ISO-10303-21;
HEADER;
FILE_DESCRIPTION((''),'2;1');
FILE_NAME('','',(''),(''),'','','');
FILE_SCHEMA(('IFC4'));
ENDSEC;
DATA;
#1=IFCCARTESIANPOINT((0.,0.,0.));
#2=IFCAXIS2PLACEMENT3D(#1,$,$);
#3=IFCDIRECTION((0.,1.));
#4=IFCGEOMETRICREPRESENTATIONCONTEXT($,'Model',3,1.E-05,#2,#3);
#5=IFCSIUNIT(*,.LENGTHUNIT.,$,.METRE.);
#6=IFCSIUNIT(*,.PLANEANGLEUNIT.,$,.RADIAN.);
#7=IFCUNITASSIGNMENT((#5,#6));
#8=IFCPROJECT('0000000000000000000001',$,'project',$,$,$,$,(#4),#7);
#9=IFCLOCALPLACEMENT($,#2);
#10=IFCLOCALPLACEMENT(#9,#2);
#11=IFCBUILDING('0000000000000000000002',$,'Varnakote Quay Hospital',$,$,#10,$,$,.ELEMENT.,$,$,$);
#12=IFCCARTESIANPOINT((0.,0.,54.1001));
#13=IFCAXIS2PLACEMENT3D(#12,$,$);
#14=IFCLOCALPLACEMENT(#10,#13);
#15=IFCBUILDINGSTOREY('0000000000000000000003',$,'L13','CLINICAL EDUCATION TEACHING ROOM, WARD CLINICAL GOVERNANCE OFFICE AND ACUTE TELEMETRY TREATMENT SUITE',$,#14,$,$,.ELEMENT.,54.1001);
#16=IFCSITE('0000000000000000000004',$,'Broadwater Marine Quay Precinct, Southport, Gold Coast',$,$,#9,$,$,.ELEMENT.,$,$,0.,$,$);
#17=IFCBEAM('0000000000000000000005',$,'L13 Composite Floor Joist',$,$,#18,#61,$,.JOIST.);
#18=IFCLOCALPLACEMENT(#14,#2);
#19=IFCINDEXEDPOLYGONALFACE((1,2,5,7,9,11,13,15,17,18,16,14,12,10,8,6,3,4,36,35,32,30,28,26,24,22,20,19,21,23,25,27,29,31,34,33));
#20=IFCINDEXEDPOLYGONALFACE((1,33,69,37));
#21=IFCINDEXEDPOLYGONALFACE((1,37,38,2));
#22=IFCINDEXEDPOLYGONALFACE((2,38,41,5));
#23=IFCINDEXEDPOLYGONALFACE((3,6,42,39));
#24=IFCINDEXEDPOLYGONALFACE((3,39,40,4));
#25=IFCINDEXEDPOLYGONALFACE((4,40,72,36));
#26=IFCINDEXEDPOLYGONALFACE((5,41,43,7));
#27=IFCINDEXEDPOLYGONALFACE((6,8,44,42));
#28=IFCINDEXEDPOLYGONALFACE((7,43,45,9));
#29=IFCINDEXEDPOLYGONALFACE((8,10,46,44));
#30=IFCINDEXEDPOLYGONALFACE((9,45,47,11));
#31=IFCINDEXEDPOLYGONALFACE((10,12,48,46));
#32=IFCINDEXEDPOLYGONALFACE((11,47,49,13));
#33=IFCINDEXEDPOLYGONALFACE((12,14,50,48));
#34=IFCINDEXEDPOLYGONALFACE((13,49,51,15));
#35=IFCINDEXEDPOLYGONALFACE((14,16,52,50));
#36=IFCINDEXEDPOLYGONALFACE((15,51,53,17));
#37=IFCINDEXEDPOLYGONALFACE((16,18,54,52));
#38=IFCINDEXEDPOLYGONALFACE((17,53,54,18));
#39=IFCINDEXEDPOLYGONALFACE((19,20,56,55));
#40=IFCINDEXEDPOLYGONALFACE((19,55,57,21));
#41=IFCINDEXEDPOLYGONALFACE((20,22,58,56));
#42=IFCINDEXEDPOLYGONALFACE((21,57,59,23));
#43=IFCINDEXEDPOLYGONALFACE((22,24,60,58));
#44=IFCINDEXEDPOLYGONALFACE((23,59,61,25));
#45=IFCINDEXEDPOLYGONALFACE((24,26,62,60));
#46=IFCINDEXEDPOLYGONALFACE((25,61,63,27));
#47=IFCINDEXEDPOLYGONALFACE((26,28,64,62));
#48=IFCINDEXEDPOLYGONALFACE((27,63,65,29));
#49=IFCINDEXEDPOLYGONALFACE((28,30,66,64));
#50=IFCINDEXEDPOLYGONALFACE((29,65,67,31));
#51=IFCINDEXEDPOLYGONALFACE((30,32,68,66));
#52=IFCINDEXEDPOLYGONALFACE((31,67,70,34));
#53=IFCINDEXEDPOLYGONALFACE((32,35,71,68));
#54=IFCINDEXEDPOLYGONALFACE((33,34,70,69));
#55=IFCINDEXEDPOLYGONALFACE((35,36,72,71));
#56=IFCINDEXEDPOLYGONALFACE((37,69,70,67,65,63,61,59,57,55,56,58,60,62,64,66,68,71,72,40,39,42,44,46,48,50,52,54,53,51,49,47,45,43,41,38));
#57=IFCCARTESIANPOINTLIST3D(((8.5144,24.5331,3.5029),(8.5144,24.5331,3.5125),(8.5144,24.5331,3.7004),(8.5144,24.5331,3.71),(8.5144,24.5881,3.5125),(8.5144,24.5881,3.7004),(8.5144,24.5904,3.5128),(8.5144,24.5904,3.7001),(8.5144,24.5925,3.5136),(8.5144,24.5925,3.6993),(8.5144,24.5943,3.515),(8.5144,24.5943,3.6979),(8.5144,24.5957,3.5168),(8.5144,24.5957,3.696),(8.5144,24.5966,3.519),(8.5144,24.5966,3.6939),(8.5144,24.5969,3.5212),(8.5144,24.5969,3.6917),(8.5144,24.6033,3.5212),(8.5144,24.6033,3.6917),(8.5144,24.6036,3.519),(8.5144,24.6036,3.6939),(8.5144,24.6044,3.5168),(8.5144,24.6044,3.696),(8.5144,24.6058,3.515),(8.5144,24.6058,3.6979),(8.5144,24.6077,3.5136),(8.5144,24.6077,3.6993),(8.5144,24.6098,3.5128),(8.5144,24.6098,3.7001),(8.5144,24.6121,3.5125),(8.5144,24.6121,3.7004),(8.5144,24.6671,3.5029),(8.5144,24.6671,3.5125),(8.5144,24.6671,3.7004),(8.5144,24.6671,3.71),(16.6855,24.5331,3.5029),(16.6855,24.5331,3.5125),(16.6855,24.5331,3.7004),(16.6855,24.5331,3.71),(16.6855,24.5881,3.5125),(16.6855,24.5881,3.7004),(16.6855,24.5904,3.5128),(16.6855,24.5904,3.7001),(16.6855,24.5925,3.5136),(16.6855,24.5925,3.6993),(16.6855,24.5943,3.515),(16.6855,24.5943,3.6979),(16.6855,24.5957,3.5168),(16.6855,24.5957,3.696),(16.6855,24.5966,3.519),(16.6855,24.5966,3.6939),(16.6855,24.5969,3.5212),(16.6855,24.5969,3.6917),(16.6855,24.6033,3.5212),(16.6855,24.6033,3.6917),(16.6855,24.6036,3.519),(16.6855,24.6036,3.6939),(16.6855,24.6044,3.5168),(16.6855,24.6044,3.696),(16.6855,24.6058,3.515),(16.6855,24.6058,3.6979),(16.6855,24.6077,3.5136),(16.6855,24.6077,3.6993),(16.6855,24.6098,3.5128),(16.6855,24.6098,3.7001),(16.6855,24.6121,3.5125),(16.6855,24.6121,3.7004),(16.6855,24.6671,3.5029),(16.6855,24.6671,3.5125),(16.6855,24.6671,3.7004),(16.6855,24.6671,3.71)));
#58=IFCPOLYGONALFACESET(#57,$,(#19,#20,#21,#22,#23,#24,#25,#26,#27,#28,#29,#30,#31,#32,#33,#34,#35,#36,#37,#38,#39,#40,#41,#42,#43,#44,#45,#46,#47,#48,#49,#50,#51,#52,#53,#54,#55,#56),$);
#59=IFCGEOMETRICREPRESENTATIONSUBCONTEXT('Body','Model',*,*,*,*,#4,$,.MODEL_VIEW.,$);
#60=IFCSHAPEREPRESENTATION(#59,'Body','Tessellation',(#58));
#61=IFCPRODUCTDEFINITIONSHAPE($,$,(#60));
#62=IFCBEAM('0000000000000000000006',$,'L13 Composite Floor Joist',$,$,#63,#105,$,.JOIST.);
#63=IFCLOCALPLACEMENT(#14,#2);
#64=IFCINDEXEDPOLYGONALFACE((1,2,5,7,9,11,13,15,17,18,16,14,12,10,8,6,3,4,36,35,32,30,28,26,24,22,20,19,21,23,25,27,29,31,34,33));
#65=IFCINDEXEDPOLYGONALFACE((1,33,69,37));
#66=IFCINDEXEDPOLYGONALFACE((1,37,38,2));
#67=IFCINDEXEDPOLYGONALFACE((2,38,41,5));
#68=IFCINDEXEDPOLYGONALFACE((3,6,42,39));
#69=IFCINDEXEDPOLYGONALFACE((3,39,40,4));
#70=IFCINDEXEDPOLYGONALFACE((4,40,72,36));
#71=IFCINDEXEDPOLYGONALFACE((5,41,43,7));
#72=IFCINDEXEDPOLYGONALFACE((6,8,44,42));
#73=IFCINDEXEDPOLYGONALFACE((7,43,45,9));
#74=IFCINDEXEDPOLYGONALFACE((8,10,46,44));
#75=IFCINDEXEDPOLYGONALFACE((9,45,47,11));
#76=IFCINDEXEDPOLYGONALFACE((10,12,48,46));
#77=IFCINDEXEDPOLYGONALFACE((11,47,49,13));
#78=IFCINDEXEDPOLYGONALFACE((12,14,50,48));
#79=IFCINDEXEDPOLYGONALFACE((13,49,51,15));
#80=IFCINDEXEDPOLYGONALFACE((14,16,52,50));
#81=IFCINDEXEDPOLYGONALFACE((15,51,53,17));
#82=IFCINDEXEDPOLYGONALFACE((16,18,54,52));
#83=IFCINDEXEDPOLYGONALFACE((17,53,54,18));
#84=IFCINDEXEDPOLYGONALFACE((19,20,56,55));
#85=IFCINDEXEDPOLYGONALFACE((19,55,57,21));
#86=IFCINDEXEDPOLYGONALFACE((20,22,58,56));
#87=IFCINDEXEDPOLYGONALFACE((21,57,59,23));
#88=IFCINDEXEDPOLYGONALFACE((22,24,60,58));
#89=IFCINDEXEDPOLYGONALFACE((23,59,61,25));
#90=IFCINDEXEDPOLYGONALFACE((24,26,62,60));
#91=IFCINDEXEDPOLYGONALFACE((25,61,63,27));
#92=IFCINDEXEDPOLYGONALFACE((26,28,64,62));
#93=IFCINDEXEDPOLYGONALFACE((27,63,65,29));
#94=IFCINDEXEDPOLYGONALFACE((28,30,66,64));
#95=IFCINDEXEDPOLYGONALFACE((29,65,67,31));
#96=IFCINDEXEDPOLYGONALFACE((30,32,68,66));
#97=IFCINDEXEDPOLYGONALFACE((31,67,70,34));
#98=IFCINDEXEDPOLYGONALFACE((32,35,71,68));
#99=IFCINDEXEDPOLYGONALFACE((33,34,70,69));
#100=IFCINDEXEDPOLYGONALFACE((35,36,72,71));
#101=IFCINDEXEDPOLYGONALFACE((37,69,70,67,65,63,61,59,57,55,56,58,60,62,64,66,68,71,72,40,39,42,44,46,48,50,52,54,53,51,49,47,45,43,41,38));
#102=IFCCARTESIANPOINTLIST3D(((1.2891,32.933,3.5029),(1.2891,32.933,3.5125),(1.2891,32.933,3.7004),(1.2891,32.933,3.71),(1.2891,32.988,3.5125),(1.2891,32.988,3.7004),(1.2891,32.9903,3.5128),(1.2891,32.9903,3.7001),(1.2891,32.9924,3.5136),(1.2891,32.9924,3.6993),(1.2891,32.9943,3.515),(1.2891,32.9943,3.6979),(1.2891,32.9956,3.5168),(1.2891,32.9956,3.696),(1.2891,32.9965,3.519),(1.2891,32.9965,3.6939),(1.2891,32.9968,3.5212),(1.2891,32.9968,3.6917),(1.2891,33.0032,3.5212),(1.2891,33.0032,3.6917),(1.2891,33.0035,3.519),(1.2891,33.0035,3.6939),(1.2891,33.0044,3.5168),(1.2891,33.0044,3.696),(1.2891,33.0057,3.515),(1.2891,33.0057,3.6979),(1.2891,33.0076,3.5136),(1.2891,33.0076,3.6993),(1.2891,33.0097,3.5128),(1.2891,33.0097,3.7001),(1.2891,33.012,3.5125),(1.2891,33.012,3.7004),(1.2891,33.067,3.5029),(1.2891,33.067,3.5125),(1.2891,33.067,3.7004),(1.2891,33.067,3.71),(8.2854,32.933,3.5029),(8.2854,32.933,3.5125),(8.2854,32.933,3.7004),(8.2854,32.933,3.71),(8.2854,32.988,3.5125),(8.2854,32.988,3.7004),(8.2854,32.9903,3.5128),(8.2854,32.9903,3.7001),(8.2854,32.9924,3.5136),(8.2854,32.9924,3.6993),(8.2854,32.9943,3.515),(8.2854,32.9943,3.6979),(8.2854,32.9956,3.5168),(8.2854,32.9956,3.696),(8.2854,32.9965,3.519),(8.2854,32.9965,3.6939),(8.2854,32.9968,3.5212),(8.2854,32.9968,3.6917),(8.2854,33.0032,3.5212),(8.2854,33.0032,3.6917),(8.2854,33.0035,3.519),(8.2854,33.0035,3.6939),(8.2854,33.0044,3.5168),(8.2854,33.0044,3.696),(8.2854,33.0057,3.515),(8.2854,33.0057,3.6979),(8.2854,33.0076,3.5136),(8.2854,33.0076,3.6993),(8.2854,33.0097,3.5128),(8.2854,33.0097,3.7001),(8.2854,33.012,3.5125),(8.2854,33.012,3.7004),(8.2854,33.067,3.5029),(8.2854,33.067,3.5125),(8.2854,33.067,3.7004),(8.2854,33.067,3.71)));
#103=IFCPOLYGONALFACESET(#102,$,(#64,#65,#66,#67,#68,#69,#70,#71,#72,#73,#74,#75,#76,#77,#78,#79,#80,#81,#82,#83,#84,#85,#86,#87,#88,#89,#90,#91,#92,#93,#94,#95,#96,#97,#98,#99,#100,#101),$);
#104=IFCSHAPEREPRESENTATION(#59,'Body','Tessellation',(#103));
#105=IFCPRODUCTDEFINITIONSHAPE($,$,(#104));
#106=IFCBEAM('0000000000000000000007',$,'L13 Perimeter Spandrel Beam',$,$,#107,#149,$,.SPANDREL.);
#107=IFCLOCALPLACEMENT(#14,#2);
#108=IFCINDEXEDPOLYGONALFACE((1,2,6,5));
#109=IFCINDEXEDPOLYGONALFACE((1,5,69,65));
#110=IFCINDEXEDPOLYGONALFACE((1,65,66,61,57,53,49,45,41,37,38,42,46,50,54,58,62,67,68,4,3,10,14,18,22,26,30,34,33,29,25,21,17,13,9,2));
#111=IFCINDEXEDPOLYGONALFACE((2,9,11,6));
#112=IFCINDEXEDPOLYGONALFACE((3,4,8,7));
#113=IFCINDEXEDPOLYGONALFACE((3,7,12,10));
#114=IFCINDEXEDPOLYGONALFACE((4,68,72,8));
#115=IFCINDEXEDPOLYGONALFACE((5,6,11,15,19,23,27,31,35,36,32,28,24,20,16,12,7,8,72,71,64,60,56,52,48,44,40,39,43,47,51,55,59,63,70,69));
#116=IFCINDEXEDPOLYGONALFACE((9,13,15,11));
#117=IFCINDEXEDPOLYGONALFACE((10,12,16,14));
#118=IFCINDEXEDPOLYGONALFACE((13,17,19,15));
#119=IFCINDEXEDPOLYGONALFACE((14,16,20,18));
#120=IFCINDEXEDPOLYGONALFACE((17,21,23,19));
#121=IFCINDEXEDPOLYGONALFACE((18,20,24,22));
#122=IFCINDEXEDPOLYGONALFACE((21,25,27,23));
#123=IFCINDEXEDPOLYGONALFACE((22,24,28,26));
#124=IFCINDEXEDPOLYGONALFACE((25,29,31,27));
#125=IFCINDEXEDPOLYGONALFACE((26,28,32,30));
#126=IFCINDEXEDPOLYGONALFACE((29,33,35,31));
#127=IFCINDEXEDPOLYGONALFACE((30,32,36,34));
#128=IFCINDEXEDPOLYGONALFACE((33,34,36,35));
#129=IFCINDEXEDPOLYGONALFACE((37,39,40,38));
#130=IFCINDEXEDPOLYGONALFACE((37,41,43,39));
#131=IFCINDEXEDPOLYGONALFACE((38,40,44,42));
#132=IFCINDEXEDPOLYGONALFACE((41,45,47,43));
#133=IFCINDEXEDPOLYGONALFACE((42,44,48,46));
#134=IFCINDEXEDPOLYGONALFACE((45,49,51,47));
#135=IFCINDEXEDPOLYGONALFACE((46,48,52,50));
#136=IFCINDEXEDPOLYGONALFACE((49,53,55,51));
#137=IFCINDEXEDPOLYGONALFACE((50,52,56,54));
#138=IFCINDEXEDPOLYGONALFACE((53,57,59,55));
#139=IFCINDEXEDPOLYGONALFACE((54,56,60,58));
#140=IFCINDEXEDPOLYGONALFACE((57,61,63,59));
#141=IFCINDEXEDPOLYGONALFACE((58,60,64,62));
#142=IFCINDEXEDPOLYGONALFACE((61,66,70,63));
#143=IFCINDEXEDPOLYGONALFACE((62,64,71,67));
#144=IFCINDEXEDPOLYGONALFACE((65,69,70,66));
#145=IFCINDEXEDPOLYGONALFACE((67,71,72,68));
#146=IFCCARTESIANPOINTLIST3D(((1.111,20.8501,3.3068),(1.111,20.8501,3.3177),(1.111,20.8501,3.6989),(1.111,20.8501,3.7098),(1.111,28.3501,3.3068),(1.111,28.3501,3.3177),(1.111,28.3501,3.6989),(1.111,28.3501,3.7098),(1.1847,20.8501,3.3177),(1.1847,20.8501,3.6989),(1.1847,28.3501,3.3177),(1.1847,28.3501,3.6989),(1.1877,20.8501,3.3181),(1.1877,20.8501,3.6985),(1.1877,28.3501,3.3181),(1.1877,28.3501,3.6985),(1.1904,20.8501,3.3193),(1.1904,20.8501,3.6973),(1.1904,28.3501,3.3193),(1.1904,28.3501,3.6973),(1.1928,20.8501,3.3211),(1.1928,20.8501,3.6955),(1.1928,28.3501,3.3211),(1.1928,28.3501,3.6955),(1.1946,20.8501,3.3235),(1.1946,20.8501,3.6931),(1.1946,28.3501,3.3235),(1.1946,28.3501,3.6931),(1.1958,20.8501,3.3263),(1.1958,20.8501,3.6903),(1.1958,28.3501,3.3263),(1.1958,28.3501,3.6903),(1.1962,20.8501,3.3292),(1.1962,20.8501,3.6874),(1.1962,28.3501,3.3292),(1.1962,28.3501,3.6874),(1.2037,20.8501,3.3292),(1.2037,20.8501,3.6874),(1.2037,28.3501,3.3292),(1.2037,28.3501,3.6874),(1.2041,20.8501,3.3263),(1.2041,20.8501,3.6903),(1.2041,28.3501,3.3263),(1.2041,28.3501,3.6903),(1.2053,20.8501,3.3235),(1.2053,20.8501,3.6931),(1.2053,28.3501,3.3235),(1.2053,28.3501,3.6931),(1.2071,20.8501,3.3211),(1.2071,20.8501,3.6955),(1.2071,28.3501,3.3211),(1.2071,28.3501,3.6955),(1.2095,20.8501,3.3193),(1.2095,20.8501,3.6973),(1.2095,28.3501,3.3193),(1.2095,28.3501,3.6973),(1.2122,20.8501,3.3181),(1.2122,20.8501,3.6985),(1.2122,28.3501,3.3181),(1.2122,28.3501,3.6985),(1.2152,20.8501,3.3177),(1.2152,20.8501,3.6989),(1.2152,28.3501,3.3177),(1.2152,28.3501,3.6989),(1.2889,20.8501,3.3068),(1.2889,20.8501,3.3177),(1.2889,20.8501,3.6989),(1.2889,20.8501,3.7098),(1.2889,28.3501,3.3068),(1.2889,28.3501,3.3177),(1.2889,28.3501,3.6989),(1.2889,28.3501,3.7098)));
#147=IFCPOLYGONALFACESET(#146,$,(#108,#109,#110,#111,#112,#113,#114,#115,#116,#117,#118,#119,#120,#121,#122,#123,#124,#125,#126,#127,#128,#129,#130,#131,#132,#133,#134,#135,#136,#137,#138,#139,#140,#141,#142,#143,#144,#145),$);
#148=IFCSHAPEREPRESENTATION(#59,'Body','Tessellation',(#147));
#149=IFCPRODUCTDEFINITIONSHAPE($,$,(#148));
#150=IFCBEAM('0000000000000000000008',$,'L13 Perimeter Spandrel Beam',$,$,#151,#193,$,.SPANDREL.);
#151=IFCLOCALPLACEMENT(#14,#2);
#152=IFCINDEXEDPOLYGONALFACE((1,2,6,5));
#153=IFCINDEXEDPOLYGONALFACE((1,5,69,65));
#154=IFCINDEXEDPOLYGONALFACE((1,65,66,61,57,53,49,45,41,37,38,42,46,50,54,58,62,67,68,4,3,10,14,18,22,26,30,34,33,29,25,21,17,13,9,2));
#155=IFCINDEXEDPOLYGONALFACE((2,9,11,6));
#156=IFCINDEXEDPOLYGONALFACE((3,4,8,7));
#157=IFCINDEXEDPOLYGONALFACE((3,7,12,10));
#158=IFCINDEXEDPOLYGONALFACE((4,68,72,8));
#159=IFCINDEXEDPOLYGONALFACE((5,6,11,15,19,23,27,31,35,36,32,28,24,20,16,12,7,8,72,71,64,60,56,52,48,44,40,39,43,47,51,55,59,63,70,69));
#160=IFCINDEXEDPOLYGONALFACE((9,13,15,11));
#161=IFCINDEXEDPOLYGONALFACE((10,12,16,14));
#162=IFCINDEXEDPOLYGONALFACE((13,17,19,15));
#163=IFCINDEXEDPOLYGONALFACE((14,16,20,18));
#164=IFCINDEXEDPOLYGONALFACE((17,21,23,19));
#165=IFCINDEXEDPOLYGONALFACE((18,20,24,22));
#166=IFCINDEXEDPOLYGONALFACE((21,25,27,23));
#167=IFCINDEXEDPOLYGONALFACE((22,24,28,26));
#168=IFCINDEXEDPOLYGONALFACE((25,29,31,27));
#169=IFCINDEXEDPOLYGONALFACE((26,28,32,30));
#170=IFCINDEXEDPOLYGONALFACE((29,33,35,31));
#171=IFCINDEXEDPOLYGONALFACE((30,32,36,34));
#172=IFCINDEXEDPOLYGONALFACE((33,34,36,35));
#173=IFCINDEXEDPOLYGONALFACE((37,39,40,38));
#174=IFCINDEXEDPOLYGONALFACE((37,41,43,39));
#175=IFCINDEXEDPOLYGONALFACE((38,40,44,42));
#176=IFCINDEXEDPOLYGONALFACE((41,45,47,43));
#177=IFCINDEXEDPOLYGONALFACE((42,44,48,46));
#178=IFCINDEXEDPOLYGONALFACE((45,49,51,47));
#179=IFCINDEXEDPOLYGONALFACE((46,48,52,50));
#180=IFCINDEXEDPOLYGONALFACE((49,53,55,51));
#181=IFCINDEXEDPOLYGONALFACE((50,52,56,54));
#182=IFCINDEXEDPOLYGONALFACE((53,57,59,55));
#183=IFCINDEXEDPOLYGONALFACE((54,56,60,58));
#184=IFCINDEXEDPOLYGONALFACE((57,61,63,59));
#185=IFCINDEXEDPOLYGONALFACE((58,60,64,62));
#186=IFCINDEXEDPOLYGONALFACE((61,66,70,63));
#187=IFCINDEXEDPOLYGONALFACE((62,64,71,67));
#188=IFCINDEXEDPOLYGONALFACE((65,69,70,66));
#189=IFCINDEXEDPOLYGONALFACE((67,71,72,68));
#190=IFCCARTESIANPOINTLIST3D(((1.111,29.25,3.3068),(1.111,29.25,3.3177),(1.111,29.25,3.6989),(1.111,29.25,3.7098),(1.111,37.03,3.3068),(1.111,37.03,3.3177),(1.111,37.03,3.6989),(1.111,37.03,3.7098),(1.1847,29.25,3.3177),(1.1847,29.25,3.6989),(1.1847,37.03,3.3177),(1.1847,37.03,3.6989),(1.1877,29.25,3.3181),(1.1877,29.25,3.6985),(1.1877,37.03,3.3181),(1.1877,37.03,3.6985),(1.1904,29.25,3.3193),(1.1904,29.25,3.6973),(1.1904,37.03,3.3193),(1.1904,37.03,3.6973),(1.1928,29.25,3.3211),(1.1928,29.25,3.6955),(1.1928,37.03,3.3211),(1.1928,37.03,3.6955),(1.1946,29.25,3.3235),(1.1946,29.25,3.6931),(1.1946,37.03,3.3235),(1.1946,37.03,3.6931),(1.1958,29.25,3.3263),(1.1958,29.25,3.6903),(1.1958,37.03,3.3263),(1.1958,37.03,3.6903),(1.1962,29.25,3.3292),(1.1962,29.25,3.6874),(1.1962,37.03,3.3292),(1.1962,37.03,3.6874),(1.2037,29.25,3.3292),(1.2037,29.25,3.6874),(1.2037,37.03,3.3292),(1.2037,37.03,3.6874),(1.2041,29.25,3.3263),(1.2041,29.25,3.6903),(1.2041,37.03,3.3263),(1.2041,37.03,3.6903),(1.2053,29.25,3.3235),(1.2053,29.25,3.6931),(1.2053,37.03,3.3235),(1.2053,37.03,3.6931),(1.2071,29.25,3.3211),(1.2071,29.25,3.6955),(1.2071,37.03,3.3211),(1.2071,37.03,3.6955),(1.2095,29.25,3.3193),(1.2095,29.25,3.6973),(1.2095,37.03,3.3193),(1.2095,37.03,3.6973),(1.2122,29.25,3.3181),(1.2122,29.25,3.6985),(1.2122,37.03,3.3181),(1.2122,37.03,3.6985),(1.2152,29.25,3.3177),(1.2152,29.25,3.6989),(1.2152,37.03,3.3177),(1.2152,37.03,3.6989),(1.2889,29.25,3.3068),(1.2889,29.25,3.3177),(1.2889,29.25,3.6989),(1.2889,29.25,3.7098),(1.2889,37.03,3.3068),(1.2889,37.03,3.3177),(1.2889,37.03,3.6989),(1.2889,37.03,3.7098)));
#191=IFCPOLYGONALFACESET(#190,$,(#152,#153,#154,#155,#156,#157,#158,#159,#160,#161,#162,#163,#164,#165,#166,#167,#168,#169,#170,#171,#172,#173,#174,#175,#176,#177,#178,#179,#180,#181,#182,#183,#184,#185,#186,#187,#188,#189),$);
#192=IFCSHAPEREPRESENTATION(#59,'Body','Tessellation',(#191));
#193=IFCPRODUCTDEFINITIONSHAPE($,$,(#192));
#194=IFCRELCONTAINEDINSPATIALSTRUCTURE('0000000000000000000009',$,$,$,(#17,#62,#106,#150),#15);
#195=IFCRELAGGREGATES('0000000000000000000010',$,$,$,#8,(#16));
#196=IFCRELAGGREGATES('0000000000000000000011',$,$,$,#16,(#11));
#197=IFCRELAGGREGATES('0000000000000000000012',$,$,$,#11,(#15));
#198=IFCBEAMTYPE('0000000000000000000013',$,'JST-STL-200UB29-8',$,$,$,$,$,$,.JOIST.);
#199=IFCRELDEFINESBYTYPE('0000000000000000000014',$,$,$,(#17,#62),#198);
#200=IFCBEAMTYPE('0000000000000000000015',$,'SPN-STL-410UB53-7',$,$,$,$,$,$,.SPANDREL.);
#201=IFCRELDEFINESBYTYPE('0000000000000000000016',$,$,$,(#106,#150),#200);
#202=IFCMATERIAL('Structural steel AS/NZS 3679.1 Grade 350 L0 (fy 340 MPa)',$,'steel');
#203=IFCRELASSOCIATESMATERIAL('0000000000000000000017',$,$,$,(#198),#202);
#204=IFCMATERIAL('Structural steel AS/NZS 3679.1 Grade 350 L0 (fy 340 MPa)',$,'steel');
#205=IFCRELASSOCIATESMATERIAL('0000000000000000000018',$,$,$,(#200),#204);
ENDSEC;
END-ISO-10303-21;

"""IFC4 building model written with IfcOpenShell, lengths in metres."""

from ifc_helpers import new_model, si_unit, direction, frame, origin, origin_2d, place, context, subcontext, project, spatial, i_section, extrude, material, material_profile, profile_set, type_object, element, save


model = new_model("IFC4")

# Units and contexts
model_context = context("Model", 3, precision=1e-05, world=origin(), true_north=direction((0.0, 1.0)))
body_context = subcontext(model_context, "Body", "Model", "MODEL_VIEW")
ifc_project = project(units=[si_unit("LENGTHUNIT", "METRE"), si_unit("PLANEANGLEUNIT", "RADIAN")], contexts=[model_context])

# Site, building, storey
site_placement = place(None, origin())
site = spatial("IfcSite", under=ifc_project, at=site_placement, Name="Broadwater Marine Quay Precinct, Southport, Gold Coast", CompositionType="ELEMENT", RefElevation=0.0)
building_placement = place(site_placement, origin())
building = spatial("IfcBuilding", under=site, at=building_placement, Name="Varnakote Quay Hospital", CompositionType="ELEMENT")
storey_placement = place(building_placement, frame((0.0, 0.0, 54.1001)))
storey = spatial("IfcBuildingStorey", under=building, at=storey_placement, Name="L13", Description="CLINICAL EDUCATION TEACHING ROOM, WARD CLINICAL GOVERNANCE OFFICE AND ACUTE TELEMETRY TREATMENT SUITE", CompositionType="ELEMENT", Elevation=54.1001)

# Beams
ifc_material_1 = material(Name="Structural steel AS/NZS 3679.1 Grade 350 L0 (fy 340 MPa)", Category="steel")
ifc_material_profile_1 = material_profile(ifc_material_1, i_section(OverallWidth=0.134, OverallDepth=0.207, WebThickness=0.0063, FlangeThickness=0.0095, FilletRadius=0.0088, at=origin_2d()), Name="200UB29.8")
ifc_profile_set_1 = profile_set([ifc_material_profile_1], Name="Structural steel AS/NZS 3679.1 Grade 350 L0 (fy 340 MPa)")
beam_type_1 = type_object("IfcBeamType", Name="JST-STL-200UB29-8", PredefinedType="JOIST", material=ifc_profile_set_1)
beam_1_placement = place(storey_placement, frame((8.5144, 24.6001, 3.6064), z_axis=(1.0, 0.0, 0.0), x_axis=(0.0, 1.0, 0.0)))
element("IfcBeam", 1, at=beam_1_placement, inside=storey, type_object=beam_type_1, Name="L13 Composite Floor Joist", PredefinedType="JOIST", context=body_context, shape_type="SweptSolid", body=[
    extrude(i_section(OverallWidth=0.134, OverallDepth=0.207, WebThickness=0.0063, FlangeThickness=0.0095, FilletRadius=0.0088, at=origin_2d()), origin(), (0.0, 0.0, 1.0), 8.1711),
])
beam_2_placement = place(storey_placement, frame((1.2891, 33.0, 3.6064), z_axis=(1.0, 0.0, 0.0), x_axis=(0.0, 1.0, 0.0)))
element("IfcBeam", 2, at=beam_2_placement, inside=storey, type_object=beam_type_1, Name="L13 Composite Floor Joist", PredefinedType="JOIST", context=body_context, shape_type="SweptSolid", body=[
    extrude(i_section(OverallWidth=0.134, OverallDepth=0.207, WebThickness=0.0063, FlangeThickness=0.0095, FilletRadius=0.0088, at=origin_2d()), origin(), (0.0, 0.0, 1.0), 6.9963),
])
ifc_material_2 = material(Name="Structural steel AS/NZS 3679.1 Grade 350 L0 (fy 340 MPa)", Category="steel")
ifc_material_profile_2 = material_profile(ifc_material_2, i_section(OverallWidth=0.178, OverallDepth=0.4031, WebThickness=0.0076, FlangeThickness=0.011, FilletRadius=0.0115, at=origin_2d()), Name="410UB53.7")
ifc_profile_set_2 = profile_set([ifc_material_profile_2], Name="Structural steel AS/NZS 3679.1 Grade 350 L0 (fy 340 MPa)")
beam_type_2 = type_object("IfcBeamType", Name="SPN-STL-410UB53-7", PredefinedType="SPANDREL", material=ifc_profile_set_2)
beam_3_placement = place(storey_placement, frame((1.2, 20.8501, 3.5083), z_axis=(0.0, 1.0, 0.0), x_axis=(-1.0, 0.0, 0.0)))
element("IfcBeam", 3, at=beam_3_placement, inside=storey, type_object=beam_type_2, Name="L13 Perimeter Spandrel Beam", PredefinedType="SPANDREL", context=body_context, shape_type="SweptSolid", body=[
    extrude(i_section(OverallWidth=0.178, OverallDepth=0.4031, WebThickness=0.0076, FlangeThickness=0.011, FilletRadius=0.0115, at=origin_2d()), origin(), (0.0, 0.0, 1.0), 7.5),
])
beam_4_placement = place(storey_placement, frame((1.2, 29.25, 3.5083), z_axis=(0.0, 1.0, 0.0), x_axis=(-1.0, 0.0, 0.0)))
element("IfcBeam", 4, at=beam_4_placement, inside=storey, type_object=beam_type_2, Name="L13 Perimeter Spandrel Beam", PredefinedType="SPANDREL", context=body_context, shape_type="SweptSolid", body=[
    extrude(i_section(OverallWidth=0.178, OverallDepth=0.4031, WebThickness=0.0076, FlangeThickness=0.011, FilletRadius=0.0115, at=origin_2d()), origin(), (0.0, 0.0, 1.0), 7.78),
])

save(model, "model.ifc")
